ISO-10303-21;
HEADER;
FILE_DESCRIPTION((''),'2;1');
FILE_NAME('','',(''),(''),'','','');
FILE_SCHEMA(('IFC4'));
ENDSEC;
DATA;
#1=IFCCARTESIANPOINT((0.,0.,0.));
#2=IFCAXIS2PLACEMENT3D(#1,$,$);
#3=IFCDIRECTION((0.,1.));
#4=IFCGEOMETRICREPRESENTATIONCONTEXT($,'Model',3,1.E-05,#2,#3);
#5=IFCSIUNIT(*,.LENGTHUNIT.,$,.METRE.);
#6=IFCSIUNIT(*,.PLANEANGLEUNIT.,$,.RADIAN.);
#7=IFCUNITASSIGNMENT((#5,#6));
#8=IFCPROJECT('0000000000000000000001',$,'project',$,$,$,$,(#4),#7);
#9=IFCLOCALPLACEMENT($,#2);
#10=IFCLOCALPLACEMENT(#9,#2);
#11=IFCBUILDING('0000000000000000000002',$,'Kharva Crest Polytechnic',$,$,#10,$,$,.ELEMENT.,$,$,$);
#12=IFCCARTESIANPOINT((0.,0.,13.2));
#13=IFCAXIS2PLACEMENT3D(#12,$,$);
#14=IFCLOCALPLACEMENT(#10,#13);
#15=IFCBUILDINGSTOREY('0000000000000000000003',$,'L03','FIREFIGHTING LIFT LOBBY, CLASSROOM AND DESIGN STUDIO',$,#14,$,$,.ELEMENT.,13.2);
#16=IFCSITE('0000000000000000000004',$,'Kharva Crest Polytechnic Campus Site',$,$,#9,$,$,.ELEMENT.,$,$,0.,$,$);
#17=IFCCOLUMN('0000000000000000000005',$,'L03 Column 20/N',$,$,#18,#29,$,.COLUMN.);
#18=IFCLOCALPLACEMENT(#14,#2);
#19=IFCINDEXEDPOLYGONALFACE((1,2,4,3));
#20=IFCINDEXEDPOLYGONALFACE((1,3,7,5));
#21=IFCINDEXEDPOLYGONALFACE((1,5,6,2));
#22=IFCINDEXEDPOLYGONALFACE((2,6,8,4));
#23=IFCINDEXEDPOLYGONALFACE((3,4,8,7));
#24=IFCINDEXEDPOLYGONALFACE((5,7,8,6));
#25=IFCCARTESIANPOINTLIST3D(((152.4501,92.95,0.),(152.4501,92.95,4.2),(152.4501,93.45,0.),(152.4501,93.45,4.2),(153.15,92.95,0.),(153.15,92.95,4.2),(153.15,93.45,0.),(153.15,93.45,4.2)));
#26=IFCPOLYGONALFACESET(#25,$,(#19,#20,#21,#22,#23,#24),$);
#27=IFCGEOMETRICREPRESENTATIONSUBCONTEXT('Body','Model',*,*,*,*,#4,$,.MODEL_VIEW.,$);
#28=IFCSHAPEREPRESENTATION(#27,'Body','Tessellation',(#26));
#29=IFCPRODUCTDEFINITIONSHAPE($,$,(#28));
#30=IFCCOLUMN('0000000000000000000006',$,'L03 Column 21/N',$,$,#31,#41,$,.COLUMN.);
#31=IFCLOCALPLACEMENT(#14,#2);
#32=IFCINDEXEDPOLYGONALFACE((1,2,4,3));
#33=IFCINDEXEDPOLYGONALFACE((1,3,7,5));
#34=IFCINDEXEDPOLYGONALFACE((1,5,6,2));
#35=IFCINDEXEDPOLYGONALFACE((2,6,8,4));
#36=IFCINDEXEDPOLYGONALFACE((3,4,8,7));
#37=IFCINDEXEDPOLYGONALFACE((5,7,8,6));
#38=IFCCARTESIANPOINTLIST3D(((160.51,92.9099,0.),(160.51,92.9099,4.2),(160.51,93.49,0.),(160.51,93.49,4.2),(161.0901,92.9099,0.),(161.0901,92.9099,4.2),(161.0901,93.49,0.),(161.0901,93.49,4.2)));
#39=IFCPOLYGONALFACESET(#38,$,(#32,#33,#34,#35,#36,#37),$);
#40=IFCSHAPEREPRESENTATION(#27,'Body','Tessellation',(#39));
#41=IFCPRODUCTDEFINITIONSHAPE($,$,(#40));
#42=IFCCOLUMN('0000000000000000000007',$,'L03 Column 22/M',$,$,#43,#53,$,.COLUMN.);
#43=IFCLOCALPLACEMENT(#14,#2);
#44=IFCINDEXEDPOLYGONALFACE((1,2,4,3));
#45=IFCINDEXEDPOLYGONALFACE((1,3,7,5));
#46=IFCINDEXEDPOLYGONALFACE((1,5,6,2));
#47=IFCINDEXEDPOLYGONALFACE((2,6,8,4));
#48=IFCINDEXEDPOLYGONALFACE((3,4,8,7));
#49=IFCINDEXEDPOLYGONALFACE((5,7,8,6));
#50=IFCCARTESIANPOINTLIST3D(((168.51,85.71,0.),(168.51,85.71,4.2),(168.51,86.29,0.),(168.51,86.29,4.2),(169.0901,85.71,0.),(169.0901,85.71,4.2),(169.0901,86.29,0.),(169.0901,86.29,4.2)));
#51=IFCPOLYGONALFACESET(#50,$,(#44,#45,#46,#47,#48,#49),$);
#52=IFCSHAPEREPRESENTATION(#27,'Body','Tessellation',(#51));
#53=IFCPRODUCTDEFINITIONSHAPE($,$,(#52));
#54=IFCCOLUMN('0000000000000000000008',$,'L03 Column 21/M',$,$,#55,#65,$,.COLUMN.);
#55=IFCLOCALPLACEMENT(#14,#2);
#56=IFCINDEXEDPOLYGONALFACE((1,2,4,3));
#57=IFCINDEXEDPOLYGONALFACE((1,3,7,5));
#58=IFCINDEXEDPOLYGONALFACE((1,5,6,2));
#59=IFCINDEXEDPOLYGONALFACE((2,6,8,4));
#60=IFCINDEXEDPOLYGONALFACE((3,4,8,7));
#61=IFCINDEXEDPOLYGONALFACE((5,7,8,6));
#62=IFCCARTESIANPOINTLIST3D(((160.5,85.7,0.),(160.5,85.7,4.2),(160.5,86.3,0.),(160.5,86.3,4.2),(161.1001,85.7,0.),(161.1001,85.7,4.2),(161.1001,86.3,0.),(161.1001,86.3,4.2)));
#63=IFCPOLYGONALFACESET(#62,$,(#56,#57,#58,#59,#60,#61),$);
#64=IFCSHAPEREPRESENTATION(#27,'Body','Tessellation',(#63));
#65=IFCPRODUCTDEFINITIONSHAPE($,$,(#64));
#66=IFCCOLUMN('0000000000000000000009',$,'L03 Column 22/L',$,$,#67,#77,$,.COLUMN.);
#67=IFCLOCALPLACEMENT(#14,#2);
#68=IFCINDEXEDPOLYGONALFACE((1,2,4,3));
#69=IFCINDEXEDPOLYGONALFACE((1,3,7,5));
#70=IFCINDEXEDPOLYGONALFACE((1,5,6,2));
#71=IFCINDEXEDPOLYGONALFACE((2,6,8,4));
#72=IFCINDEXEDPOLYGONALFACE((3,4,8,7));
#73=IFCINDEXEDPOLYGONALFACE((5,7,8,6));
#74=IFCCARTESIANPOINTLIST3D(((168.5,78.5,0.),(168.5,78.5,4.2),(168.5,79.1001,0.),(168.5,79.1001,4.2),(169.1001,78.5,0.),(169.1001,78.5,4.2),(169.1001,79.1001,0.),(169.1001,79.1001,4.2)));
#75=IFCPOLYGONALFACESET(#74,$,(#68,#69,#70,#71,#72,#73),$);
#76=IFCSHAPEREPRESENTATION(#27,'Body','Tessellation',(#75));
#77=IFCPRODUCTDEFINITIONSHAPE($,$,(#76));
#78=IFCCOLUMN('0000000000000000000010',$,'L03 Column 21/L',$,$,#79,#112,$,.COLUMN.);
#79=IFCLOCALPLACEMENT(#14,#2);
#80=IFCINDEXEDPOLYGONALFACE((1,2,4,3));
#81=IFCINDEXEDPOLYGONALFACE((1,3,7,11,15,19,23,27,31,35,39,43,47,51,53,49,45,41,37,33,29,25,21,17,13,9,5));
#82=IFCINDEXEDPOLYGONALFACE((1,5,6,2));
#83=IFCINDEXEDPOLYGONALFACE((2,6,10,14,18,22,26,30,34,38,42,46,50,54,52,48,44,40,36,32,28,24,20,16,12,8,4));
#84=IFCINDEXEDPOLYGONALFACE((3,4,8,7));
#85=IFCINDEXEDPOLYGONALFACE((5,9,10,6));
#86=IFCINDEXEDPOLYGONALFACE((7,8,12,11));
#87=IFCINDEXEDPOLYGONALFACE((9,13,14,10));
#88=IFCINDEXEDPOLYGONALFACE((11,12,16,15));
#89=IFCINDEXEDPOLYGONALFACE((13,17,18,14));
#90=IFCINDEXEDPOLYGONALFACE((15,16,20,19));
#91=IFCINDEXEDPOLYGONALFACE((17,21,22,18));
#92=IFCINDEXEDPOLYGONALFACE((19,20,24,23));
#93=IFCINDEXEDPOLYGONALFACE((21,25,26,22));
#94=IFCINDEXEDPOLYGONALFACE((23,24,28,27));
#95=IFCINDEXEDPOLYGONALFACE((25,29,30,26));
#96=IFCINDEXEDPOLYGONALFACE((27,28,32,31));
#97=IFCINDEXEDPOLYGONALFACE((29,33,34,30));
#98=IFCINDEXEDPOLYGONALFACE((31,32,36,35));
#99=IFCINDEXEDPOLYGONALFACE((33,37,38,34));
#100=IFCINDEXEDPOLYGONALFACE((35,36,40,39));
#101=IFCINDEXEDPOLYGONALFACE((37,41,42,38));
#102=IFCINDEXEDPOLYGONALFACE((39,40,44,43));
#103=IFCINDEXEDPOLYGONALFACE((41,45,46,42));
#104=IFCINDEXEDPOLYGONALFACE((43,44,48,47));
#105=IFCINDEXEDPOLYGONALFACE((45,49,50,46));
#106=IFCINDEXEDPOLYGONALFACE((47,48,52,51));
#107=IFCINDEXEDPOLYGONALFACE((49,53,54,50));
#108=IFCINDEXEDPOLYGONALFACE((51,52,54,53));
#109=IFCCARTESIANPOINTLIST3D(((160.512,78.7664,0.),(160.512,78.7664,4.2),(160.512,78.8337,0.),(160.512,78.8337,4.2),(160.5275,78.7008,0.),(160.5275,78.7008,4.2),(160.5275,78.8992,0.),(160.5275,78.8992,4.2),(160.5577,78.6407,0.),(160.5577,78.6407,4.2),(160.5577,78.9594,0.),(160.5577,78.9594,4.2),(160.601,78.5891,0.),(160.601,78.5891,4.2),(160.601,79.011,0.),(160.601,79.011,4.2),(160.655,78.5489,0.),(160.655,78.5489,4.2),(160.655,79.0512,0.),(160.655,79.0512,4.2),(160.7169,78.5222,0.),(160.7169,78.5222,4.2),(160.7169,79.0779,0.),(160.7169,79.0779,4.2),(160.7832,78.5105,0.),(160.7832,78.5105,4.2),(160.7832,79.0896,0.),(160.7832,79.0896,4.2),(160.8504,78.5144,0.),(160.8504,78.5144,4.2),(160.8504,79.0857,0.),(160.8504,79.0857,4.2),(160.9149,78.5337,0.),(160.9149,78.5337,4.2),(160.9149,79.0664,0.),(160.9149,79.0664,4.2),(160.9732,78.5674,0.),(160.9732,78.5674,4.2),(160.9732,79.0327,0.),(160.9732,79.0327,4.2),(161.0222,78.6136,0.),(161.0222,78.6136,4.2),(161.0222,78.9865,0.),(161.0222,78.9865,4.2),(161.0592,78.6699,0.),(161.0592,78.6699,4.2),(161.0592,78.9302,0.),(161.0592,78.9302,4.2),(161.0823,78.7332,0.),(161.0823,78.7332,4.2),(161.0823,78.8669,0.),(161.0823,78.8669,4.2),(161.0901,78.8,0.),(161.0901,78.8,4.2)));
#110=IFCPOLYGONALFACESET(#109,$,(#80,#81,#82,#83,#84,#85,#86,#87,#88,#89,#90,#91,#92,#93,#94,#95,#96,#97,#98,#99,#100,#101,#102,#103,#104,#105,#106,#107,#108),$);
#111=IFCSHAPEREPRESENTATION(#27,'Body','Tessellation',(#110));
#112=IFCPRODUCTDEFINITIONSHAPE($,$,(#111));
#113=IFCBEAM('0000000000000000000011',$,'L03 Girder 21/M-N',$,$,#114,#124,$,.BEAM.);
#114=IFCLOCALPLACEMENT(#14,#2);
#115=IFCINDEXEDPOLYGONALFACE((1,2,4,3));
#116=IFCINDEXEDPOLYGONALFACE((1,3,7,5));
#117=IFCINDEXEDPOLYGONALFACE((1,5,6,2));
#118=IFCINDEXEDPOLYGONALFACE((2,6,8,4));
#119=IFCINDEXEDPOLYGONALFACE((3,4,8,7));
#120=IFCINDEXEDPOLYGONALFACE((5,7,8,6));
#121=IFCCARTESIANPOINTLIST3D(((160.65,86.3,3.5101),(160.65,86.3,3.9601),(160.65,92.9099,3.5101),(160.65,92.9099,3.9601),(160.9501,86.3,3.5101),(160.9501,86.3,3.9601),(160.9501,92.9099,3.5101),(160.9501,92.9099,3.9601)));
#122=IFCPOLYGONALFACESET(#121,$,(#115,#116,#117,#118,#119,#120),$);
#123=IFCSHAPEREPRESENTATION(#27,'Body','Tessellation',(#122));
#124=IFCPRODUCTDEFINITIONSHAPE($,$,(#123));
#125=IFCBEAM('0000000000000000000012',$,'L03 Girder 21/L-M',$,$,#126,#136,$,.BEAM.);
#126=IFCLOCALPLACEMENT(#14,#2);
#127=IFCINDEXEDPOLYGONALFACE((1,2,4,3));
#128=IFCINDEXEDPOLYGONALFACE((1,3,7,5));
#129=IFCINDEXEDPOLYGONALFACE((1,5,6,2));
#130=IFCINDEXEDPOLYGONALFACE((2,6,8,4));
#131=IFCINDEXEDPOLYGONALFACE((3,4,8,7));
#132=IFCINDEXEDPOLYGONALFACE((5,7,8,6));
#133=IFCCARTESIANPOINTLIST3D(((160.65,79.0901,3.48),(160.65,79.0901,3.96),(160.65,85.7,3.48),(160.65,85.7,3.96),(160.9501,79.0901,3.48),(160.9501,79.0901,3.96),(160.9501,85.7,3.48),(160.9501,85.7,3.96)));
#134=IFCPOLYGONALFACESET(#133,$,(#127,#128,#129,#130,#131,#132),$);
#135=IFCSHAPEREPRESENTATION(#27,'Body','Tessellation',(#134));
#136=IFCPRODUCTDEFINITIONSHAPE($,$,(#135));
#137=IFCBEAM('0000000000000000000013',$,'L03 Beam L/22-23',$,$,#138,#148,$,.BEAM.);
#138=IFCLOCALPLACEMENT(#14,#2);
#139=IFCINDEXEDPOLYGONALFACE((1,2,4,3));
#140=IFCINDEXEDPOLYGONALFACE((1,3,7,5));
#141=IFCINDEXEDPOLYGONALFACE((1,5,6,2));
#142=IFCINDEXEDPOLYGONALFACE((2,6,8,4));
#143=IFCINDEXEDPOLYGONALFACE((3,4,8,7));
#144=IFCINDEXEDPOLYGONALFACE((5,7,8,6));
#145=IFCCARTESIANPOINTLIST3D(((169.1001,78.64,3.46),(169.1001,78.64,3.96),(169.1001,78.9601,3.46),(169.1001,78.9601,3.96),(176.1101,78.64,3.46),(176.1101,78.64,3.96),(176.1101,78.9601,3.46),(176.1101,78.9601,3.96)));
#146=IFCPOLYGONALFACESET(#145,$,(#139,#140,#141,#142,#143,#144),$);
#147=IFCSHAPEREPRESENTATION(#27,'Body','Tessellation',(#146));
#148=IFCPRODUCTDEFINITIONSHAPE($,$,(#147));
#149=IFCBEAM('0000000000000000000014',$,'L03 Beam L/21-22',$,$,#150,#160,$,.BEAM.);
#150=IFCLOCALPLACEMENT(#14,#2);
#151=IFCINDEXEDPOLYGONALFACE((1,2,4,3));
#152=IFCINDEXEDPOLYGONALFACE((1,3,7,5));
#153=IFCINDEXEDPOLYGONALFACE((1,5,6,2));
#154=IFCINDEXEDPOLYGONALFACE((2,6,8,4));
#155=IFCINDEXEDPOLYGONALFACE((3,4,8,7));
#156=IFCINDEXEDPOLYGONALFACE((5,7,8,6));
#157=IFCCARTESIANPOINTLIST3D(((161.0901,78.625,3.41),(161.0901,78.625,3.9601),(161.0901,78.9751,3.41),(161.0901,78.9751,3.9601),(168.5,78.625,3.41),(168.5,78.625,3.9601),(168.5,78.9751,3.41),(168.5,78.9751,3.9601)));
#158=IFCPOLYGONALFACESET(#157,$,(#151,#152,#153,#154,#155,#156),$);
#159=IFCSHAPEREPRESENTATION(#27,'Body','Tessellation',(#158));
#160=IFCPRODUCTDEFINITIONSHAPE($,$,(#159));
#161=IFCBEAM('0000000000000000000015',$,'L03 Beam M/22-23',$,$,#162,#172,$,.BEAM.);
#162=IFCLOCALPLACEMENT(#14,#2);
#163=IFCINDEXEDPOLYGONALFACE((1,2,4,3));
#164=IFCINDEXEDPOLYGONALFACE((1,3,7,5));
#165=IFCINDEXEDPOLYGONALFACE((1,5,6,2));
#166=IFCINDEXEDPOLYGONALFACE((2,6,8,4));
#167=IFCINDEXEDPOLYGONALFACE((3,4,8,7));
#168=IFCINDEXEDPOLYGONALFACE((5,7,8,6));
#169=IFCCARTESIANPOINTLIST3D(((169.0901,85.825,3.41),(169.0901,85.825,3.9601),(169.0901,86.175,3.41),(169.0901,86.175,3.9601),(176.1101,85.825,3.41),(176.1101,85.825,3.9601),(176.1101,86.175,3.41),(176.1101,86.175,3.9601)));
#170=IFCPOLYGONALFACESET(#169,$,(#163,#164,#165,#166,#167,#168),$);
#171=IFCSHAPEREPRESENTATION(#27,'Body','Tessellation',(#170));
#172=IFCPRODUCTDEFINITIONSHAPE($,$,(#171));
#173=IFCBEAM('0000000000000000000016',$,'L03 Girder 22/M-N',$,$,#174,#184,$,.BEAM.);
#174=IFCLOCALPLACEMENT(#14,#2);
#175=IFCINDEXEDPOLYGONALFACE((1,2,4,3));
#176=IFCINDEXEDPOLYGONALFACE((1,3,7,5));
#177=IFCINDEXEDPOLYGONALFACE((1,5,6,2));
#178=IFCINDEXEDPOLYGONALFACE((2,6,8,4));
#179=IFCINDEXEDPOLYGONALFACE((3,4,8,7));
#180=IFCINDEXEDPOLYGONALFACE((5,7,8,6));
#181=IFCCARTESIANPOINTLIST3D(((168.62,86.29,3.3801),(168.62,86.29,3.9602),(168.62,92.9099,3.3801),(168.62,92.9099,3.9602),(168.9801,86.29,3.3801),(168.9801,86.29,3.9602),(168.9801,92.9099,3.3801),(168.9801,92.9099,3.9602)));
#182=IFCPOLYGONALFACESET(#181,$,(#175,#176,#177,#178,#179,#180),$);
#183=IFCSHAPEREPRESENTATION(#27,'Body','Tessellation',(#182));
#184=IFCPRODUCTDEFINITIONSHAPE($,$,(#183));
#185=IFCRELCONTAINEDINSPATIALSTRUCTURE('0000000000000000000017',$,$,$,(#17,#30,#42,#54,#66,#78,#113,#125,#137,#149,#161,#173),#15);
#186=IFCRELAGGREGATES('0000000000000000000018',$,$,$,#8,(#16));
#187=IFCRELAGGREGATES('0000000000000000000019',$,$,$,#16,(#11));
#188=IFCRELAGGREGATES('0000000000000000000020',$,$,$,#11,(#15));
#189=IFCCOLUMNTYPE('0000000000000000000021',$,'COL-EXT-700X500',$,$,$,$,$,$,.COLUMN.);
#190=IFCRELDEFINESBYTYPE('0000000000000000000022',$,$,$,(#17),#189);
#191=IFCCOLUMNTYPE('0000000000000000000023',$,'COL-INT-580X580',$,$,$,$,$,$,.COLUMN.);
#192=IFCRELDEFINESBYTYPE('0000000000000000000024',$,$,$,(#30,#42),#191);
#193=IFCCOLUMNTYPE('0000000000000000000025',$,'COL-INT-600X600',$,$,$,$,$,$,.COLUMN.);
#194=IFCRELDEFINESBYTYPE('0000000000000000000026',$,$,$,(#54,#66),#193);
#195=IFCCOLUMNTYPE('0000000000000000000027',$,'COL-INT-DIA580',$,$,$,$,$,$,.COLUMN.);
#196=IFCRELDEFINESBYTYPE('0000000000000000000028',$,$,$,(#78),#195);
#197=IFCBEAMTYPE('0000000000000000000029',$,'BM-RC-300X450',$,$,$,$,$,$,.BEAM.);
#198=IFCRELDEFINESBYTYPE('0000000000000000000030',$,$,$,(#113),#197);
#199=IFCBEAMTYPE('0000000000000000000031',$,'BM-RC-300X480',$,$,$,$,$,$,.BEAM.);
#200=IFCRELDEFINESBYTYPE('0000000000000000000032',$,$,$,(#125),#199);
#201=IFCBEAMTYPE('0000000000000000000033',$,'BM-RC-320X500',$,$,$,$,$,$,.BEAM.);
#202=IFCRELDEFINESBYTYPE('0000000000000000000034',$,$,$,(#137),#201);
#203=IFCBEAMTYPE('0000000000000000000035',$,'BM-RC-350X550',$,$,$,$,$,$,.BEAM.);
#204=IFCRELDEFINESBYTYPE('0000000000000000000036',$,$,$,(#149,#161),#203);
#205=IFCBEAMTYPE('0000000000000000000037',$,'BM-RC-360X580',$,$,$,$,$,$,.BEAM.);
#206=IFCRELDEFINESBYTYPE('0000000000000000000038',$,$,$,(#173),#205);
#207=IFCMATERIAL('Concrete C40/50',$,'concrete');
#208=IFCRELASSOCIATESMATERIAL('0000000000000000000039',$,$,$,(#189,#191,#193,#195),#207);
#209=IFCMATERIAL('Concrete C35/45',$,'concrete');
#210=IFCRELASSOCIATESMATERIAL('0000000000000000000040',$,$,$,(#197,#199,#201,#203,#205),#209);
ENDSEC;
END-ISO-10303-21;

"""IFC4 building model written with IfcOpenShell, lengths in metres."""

from ifc_helpers import new_model, si_unit, direction, frame, origin, origin_2d, place, context, subcontext, project, spatial, rectangle, circle, extrude, material, material_profile, profile_set, type_object, element, save


model = new_model("IFC4")

# Units and contexts
model_context = context("Model", 3, precision=1e-05, world=origin(), true_north=direction((0.0, 1.0)))
body_context = subcontext(model_context, "Body", "Model", "MODEL_VIEW")
ifc_project = project(units=[si_unit("LENGTHUNIT", "METRE"), si_unit("PLANEANGLEUNIT", "RADIAN")], contexts=[model_context])

# Site, building, storey
site_placement = place(None, origin())
site = spatial("IfcSite", under=ifc_project, at=site_placement, Name="Kharva Crest Polytechnic Campus Site", CompositionType="ELEMENT", RefElevation=0.0)
building_placement = place(site_placement, origin())
building = spatial("IfcBuilding", under=site, at=building_placement, Name="Kharva Crest Polytechnic", CompositionType="ELEMENT")
storey_placement = place(building_placement, frame((0.0, 0.0, 13.2)))
storey = spatial("IfcBuildingStorey", under=building, at=storey_placement, Name="L03", Description="FIREFIGHTING LIFT LOBBY, CLASSROOM AND DESIGN STUDIO", CompositionType="ELEMENT", Elevation=13.2)

# Columns
ifc_material_1 = material(Name="Concrete C40/50", Category="concrete")
ifc_material_profile_1 = material_profile(ifc_material_1, rectangle(XDim=0.7, YDim=0.5, at=origin_2d()), Name="RECT 700 X 500")
ifc_profile_set_1 = profile_set([ifc_material_profile_1], Name="Concrete C40/50")
column_type_1 = type_object("IfcColumnType", Name="COL-EXT-700X500", PredefinedType="COLUMN", material=ifc_profile_set_1)
column_1_placement = place(storey_placement, frame((152.8, 93.2, 0.0), z_axis=(0.0, 0.0, 1.0), x_axis=(1.0, 0.0, 0.0)))
element("IfcColumn", 1, at=column_1_placement, inside=storey, type_object=column_type_1, Name="L03 Column 20/N", PredefinedType="COLUMN", context=body_context, shape_type="SweptSolid", body=[
    extrude(rectangle(XDim=0.7, YDim=0.5, at=origin_2d()), origin(), (0.0, 0.0, 1.0), 4.2),
])
ifc_material_profile_2 = material_profile(ifc_material_1, rectangle(XDim=0.5801, YDim=0.5801, at=origin_2d()), Name="RECT 580 X 580")
ifc_profile_set_2 = profile_set([ifc_material_profile_2], Name="Concrete C40/50")
column_type_2 = type_object("IfcColumnType", Name="COL-INT-580X580", PredefinedType="COLUMN", material=ifc_profile_set_2)
for number, where, z_axis, x_axis, name in (
    (2, (160.8, 93.2, 0.0), (0.0, 0.0, 1.0), (1.0, 0.0, 0.0), "L03 Column 21/N"),
    (3, (168.8, 86.0, 0.0), (0.0, 0.0, 1.0), (1.0, 0.0, 0.0), "L03 Column 22/M"),
):
    element("IfcColumn", number, at=place(storey_placement, frame(where, z_axis=z_axis, x_axis=x_axis)), inside=storey, type_object=column_type_2, Name=name, PredefinedType="COLUMN", context=body_context, shape_type="SweptSolid", body=[
        extrude(rectangle(XDim=0.5801, YDim=0.5801, at=origin_2d()), origin(), (0.0, 0.0, 1.0), 4.2),
    ])
ifc_material_profile_3 = material_profile(ifc_material_1, rectangle(XDim=0.6001, YDim=0.6001, at=origin_2d()), Name="RECT 600 X 600")
ifc_profile_set_3 = profile_set([ifc_material_profile_3], Name="Concrete C40/50")
column_type_3 = type_object("IfcColumnType", Name="COL-INT-600X600", PredefinedType="COLUMN", material=ifc_profile_set_3)
for number, where, z_axis, x_axis, name in (
    (4, (160.8, 86.0, 0.0), (0.0, 0.0, 1.0), (1.0, 0.0, 0.0), "L03 Column 21/M"),
    (5, (168.8, 78.8, 0.0), (0.0, 0.0, 1.0), (1.0, 0.0, 0.0), "L03 Column 22/L"),
):
    element("IfcColumn", number, at=place(storey_placement, frame(where, z_axis=z_axis, x_axis=x_axis)), inside=storey, type_object=column_type_3, Name=name, PredefinedType="COLUMN", context=body_context, shape_type="SweptSolid", body=[
        extrude(rectangle(XDim=0.6001, YDim=0.6001, at=origin_2d()), origin(), (0.0, 0.0, 1.0), 4.2),
    ])
ifc_material_profile_4 = material_profile(ifc_material_1, circle(Radius=0.29, at=origin_2d()), Name="DIA 580")
ifc_profile_set_4 = profile_set([ifc_material_profile_4], Name="Concrete C40/50")
column_type_4 = type_object("IfcColumnType", Name="COL-INT-DIA580", PredefinedType="COLUMN", material=ifc_profile_set_4)
column_2_placement = place(storey_placement, frame((160.8, 78.8, 0.0), z_axis=(0.0, 0.0, 1.0), x_axis=(1.0, 0.0, 0.0)))
element("IfcColumn", 6, at=column_2_placement, inside=storey, type_object=column_type_4, Name="L03 Column 21/L", PredefinedType="COLUMN", context=body_context, shape_type="SweptSolid", body=[
    extrude(circle(Radius=0.29, at=origin_2d()), origin(), (0.0, 0.0, 1.0), 4.2),
])

# Beams
ifc_material_2 = material(Name="Concrete C35/45", Category="concrete")
ifc_material_profile_5 = material_profile(ifc_material_2, rectangle(XDim=0.3, YDim=0.45, at=origin_2d()), Name="RECT 300 X 450")
ifc_profile_set_5 = profile_set([ifc_material_profile_5], Name="Concrete C35/45")
beam_type_1 = type_object("IfcBeamType", Name="BM-RC-300X450", PredefinedType="BEAM", material=ifc_profile_set_5)
beam_1_placement = place(storey_placement, frame((160.8, 86.3, 3.7351), z_axis=(0.0, 1.0, 0.0), x_axis=(-1.0, 0.0, 0.0)))
element("IfcBeam", 7, at=beam_1_placement, inside=storey, type_object=beam_type_1, Name="L03 Girder 21/M-N", PredefinedType="BEAM", context=body_context, shape_type="SweptSolid", body=[
    extrude(rectangle(XDim=0.3, YDim=0.45, at=origin_2d()), origin(), (0.0, 0.0, 1.0), 6.6099),
])
ifc_material_profile_6 = material_profile(ifc_material_2, rectangle(XDim=0.3, YDim=0.48, at=origin_2d()), Name="RECT 300 X 480")
ifc_profile_set_6 = profile_set([ifc_material_profile_6], Name="Concrete C35/45")
beam_type_2 = type_object("IfcBeamType", Name="BM-RC-300X480", PredefinedType="BEAM", material=ifc_profile_set_6)
beam_2_placement = place(storey_placement, frame((160.8, 79.0901, 3.72), z_axis=(0.0, 1.0, 0.0), x_axis=(-1.0, 0.0, 0.0)))
element("IfcBeam", 8, at=beam_2_placement, inside=storey, type_object=beam_type_2, Name="L03 Girder 21/L-M", PredefinedType="BEAM", context=body_context, shape_type="SweptSolid", body=[
    extrude(rectangle(XDim=0.3, YDim=0.48, at=origin_2d()), origin(), (0.0, 0.0, 1.0), 6.6099),
])
ifc_material_profile_7 = material_profile(ifc_material_2, rectangle(XDim=0.3201, YDim=0.5, at=origin_2d()), Name="RECT 320 X 500")
ifc_profile_set_7 = profile_set([ifc_material_profile_7], Name="Concrete C35/45")
beam_type_3 = type_object("IfcBeamType", Name="BM-RC-320X500", PredefinedType="BEAM", material=ifc_profile_set_7)
beam_3_placement = place(storey_placement, frame((169.1001, 78.8, 3.71), z_axis=(1.0, 0.0, 0.0), x_axis=(0.0, 1.0, 0.0)))
element("IfcBeam", 9, at=beam_3_placement, inside=storey, type_object=beam_type_3, Name="L03 Beam L/22-23", PredefinedType="BEAM", context=body_context, shape_type="SweptSolid", body=[
    extrude(rectangle(XDim=0.3201, YDim=0.5, at=origin_2d()), origin(), (0.0, 0.0, 1.0), 7.01),
])
ifc_material_profile_8 = material_profile(ifc_material_2, rectangle(XDim=0.3501, YDim=0.55, at=origin_2d()), Name="RECT 350 X 550")
ifc_profile_set_8 = profile_set([ifc_material_profile_8], Name="Concrete C35/45")
beam_type_4 = type_object("IfcBeamType", Name="BM-RC-350X550", PredefinedType="BEAM", material=ifc_profile_set_8)
beam_4_placement = place(storey_placement, frame((161.0901, 78.8, 3.6851), z_axis=(1.0, 0.0, 0.0), x_axis=(0.0, 1.0, 0.0)))
element("IfcBeam", 10, at=beam_4_placement, inside=storey, type_object=beam_type_4, Name="L03 Beam L/21-22", PredefinedType="BEAM", context=body_context, shape_type="SweptSolid", body=[
    extrude(rectangle(XDim=0.3501, YDim=0.55, at=origin_2d()), origin(), (0.0, 0.0, 1.0), 7.4099),
])
beam_5_placement = place(storey_placement, frame((169.0901, 86.0, 3.6851), z_axis=(1.0, 0.0, 0.0), x_axis=(0.0, 1.0, 0.0)))
element("IfcBeam", 11, at=beam_5_placement, inside=storey, type_object=beam_type_4, Name="L03 Beam M/22-23", PredefinedType="BEAM", context=body_context, shape_type="SweptSolid", body=[
    extrude(rectangle(XDim=0.3501, YDim=0.55, at=origin_2d()), origin(), (0.0, 0.0, 1.0), 7.02),
])
ifc_material_profile_9 = material_profile(ifc_material_2, rectangle(XDim=0.3601, YDim=0.5801, at=origin_2d()), Name="RECT 360 X 580")
ifc_profile_set_9 = profile_set([ifc_material_profile_9], Name="Concrete C35/45")
beam_type_5 = type_object("IfcBeamType", Name="BM-RC-360X580", PredefinedType="BEAM", material=ifc_profile_set_9)
beam_6_placement = place(storey_placement, frame((168.8, 86.29, 3.6702), z_axis=(0.0, 1.0, 0.0), x_axis=(-1.0, 0.0, 0.0)))
element("IfcBeam", 12, at=beam_6_placement, inside=storey, type_object=beam_type_5, Name="L03 Girder 22/M-N", PredefinedType="BEAM", context=body_context, shape_type="SweptSolid", body=[
    extrude(rectangle(XDim=0.3601, YDim=0.5801, at=origin_2d()), origin(), (0.0, 0.0, 1.0), 6.6199),
])

save(model, "model.ifc")
